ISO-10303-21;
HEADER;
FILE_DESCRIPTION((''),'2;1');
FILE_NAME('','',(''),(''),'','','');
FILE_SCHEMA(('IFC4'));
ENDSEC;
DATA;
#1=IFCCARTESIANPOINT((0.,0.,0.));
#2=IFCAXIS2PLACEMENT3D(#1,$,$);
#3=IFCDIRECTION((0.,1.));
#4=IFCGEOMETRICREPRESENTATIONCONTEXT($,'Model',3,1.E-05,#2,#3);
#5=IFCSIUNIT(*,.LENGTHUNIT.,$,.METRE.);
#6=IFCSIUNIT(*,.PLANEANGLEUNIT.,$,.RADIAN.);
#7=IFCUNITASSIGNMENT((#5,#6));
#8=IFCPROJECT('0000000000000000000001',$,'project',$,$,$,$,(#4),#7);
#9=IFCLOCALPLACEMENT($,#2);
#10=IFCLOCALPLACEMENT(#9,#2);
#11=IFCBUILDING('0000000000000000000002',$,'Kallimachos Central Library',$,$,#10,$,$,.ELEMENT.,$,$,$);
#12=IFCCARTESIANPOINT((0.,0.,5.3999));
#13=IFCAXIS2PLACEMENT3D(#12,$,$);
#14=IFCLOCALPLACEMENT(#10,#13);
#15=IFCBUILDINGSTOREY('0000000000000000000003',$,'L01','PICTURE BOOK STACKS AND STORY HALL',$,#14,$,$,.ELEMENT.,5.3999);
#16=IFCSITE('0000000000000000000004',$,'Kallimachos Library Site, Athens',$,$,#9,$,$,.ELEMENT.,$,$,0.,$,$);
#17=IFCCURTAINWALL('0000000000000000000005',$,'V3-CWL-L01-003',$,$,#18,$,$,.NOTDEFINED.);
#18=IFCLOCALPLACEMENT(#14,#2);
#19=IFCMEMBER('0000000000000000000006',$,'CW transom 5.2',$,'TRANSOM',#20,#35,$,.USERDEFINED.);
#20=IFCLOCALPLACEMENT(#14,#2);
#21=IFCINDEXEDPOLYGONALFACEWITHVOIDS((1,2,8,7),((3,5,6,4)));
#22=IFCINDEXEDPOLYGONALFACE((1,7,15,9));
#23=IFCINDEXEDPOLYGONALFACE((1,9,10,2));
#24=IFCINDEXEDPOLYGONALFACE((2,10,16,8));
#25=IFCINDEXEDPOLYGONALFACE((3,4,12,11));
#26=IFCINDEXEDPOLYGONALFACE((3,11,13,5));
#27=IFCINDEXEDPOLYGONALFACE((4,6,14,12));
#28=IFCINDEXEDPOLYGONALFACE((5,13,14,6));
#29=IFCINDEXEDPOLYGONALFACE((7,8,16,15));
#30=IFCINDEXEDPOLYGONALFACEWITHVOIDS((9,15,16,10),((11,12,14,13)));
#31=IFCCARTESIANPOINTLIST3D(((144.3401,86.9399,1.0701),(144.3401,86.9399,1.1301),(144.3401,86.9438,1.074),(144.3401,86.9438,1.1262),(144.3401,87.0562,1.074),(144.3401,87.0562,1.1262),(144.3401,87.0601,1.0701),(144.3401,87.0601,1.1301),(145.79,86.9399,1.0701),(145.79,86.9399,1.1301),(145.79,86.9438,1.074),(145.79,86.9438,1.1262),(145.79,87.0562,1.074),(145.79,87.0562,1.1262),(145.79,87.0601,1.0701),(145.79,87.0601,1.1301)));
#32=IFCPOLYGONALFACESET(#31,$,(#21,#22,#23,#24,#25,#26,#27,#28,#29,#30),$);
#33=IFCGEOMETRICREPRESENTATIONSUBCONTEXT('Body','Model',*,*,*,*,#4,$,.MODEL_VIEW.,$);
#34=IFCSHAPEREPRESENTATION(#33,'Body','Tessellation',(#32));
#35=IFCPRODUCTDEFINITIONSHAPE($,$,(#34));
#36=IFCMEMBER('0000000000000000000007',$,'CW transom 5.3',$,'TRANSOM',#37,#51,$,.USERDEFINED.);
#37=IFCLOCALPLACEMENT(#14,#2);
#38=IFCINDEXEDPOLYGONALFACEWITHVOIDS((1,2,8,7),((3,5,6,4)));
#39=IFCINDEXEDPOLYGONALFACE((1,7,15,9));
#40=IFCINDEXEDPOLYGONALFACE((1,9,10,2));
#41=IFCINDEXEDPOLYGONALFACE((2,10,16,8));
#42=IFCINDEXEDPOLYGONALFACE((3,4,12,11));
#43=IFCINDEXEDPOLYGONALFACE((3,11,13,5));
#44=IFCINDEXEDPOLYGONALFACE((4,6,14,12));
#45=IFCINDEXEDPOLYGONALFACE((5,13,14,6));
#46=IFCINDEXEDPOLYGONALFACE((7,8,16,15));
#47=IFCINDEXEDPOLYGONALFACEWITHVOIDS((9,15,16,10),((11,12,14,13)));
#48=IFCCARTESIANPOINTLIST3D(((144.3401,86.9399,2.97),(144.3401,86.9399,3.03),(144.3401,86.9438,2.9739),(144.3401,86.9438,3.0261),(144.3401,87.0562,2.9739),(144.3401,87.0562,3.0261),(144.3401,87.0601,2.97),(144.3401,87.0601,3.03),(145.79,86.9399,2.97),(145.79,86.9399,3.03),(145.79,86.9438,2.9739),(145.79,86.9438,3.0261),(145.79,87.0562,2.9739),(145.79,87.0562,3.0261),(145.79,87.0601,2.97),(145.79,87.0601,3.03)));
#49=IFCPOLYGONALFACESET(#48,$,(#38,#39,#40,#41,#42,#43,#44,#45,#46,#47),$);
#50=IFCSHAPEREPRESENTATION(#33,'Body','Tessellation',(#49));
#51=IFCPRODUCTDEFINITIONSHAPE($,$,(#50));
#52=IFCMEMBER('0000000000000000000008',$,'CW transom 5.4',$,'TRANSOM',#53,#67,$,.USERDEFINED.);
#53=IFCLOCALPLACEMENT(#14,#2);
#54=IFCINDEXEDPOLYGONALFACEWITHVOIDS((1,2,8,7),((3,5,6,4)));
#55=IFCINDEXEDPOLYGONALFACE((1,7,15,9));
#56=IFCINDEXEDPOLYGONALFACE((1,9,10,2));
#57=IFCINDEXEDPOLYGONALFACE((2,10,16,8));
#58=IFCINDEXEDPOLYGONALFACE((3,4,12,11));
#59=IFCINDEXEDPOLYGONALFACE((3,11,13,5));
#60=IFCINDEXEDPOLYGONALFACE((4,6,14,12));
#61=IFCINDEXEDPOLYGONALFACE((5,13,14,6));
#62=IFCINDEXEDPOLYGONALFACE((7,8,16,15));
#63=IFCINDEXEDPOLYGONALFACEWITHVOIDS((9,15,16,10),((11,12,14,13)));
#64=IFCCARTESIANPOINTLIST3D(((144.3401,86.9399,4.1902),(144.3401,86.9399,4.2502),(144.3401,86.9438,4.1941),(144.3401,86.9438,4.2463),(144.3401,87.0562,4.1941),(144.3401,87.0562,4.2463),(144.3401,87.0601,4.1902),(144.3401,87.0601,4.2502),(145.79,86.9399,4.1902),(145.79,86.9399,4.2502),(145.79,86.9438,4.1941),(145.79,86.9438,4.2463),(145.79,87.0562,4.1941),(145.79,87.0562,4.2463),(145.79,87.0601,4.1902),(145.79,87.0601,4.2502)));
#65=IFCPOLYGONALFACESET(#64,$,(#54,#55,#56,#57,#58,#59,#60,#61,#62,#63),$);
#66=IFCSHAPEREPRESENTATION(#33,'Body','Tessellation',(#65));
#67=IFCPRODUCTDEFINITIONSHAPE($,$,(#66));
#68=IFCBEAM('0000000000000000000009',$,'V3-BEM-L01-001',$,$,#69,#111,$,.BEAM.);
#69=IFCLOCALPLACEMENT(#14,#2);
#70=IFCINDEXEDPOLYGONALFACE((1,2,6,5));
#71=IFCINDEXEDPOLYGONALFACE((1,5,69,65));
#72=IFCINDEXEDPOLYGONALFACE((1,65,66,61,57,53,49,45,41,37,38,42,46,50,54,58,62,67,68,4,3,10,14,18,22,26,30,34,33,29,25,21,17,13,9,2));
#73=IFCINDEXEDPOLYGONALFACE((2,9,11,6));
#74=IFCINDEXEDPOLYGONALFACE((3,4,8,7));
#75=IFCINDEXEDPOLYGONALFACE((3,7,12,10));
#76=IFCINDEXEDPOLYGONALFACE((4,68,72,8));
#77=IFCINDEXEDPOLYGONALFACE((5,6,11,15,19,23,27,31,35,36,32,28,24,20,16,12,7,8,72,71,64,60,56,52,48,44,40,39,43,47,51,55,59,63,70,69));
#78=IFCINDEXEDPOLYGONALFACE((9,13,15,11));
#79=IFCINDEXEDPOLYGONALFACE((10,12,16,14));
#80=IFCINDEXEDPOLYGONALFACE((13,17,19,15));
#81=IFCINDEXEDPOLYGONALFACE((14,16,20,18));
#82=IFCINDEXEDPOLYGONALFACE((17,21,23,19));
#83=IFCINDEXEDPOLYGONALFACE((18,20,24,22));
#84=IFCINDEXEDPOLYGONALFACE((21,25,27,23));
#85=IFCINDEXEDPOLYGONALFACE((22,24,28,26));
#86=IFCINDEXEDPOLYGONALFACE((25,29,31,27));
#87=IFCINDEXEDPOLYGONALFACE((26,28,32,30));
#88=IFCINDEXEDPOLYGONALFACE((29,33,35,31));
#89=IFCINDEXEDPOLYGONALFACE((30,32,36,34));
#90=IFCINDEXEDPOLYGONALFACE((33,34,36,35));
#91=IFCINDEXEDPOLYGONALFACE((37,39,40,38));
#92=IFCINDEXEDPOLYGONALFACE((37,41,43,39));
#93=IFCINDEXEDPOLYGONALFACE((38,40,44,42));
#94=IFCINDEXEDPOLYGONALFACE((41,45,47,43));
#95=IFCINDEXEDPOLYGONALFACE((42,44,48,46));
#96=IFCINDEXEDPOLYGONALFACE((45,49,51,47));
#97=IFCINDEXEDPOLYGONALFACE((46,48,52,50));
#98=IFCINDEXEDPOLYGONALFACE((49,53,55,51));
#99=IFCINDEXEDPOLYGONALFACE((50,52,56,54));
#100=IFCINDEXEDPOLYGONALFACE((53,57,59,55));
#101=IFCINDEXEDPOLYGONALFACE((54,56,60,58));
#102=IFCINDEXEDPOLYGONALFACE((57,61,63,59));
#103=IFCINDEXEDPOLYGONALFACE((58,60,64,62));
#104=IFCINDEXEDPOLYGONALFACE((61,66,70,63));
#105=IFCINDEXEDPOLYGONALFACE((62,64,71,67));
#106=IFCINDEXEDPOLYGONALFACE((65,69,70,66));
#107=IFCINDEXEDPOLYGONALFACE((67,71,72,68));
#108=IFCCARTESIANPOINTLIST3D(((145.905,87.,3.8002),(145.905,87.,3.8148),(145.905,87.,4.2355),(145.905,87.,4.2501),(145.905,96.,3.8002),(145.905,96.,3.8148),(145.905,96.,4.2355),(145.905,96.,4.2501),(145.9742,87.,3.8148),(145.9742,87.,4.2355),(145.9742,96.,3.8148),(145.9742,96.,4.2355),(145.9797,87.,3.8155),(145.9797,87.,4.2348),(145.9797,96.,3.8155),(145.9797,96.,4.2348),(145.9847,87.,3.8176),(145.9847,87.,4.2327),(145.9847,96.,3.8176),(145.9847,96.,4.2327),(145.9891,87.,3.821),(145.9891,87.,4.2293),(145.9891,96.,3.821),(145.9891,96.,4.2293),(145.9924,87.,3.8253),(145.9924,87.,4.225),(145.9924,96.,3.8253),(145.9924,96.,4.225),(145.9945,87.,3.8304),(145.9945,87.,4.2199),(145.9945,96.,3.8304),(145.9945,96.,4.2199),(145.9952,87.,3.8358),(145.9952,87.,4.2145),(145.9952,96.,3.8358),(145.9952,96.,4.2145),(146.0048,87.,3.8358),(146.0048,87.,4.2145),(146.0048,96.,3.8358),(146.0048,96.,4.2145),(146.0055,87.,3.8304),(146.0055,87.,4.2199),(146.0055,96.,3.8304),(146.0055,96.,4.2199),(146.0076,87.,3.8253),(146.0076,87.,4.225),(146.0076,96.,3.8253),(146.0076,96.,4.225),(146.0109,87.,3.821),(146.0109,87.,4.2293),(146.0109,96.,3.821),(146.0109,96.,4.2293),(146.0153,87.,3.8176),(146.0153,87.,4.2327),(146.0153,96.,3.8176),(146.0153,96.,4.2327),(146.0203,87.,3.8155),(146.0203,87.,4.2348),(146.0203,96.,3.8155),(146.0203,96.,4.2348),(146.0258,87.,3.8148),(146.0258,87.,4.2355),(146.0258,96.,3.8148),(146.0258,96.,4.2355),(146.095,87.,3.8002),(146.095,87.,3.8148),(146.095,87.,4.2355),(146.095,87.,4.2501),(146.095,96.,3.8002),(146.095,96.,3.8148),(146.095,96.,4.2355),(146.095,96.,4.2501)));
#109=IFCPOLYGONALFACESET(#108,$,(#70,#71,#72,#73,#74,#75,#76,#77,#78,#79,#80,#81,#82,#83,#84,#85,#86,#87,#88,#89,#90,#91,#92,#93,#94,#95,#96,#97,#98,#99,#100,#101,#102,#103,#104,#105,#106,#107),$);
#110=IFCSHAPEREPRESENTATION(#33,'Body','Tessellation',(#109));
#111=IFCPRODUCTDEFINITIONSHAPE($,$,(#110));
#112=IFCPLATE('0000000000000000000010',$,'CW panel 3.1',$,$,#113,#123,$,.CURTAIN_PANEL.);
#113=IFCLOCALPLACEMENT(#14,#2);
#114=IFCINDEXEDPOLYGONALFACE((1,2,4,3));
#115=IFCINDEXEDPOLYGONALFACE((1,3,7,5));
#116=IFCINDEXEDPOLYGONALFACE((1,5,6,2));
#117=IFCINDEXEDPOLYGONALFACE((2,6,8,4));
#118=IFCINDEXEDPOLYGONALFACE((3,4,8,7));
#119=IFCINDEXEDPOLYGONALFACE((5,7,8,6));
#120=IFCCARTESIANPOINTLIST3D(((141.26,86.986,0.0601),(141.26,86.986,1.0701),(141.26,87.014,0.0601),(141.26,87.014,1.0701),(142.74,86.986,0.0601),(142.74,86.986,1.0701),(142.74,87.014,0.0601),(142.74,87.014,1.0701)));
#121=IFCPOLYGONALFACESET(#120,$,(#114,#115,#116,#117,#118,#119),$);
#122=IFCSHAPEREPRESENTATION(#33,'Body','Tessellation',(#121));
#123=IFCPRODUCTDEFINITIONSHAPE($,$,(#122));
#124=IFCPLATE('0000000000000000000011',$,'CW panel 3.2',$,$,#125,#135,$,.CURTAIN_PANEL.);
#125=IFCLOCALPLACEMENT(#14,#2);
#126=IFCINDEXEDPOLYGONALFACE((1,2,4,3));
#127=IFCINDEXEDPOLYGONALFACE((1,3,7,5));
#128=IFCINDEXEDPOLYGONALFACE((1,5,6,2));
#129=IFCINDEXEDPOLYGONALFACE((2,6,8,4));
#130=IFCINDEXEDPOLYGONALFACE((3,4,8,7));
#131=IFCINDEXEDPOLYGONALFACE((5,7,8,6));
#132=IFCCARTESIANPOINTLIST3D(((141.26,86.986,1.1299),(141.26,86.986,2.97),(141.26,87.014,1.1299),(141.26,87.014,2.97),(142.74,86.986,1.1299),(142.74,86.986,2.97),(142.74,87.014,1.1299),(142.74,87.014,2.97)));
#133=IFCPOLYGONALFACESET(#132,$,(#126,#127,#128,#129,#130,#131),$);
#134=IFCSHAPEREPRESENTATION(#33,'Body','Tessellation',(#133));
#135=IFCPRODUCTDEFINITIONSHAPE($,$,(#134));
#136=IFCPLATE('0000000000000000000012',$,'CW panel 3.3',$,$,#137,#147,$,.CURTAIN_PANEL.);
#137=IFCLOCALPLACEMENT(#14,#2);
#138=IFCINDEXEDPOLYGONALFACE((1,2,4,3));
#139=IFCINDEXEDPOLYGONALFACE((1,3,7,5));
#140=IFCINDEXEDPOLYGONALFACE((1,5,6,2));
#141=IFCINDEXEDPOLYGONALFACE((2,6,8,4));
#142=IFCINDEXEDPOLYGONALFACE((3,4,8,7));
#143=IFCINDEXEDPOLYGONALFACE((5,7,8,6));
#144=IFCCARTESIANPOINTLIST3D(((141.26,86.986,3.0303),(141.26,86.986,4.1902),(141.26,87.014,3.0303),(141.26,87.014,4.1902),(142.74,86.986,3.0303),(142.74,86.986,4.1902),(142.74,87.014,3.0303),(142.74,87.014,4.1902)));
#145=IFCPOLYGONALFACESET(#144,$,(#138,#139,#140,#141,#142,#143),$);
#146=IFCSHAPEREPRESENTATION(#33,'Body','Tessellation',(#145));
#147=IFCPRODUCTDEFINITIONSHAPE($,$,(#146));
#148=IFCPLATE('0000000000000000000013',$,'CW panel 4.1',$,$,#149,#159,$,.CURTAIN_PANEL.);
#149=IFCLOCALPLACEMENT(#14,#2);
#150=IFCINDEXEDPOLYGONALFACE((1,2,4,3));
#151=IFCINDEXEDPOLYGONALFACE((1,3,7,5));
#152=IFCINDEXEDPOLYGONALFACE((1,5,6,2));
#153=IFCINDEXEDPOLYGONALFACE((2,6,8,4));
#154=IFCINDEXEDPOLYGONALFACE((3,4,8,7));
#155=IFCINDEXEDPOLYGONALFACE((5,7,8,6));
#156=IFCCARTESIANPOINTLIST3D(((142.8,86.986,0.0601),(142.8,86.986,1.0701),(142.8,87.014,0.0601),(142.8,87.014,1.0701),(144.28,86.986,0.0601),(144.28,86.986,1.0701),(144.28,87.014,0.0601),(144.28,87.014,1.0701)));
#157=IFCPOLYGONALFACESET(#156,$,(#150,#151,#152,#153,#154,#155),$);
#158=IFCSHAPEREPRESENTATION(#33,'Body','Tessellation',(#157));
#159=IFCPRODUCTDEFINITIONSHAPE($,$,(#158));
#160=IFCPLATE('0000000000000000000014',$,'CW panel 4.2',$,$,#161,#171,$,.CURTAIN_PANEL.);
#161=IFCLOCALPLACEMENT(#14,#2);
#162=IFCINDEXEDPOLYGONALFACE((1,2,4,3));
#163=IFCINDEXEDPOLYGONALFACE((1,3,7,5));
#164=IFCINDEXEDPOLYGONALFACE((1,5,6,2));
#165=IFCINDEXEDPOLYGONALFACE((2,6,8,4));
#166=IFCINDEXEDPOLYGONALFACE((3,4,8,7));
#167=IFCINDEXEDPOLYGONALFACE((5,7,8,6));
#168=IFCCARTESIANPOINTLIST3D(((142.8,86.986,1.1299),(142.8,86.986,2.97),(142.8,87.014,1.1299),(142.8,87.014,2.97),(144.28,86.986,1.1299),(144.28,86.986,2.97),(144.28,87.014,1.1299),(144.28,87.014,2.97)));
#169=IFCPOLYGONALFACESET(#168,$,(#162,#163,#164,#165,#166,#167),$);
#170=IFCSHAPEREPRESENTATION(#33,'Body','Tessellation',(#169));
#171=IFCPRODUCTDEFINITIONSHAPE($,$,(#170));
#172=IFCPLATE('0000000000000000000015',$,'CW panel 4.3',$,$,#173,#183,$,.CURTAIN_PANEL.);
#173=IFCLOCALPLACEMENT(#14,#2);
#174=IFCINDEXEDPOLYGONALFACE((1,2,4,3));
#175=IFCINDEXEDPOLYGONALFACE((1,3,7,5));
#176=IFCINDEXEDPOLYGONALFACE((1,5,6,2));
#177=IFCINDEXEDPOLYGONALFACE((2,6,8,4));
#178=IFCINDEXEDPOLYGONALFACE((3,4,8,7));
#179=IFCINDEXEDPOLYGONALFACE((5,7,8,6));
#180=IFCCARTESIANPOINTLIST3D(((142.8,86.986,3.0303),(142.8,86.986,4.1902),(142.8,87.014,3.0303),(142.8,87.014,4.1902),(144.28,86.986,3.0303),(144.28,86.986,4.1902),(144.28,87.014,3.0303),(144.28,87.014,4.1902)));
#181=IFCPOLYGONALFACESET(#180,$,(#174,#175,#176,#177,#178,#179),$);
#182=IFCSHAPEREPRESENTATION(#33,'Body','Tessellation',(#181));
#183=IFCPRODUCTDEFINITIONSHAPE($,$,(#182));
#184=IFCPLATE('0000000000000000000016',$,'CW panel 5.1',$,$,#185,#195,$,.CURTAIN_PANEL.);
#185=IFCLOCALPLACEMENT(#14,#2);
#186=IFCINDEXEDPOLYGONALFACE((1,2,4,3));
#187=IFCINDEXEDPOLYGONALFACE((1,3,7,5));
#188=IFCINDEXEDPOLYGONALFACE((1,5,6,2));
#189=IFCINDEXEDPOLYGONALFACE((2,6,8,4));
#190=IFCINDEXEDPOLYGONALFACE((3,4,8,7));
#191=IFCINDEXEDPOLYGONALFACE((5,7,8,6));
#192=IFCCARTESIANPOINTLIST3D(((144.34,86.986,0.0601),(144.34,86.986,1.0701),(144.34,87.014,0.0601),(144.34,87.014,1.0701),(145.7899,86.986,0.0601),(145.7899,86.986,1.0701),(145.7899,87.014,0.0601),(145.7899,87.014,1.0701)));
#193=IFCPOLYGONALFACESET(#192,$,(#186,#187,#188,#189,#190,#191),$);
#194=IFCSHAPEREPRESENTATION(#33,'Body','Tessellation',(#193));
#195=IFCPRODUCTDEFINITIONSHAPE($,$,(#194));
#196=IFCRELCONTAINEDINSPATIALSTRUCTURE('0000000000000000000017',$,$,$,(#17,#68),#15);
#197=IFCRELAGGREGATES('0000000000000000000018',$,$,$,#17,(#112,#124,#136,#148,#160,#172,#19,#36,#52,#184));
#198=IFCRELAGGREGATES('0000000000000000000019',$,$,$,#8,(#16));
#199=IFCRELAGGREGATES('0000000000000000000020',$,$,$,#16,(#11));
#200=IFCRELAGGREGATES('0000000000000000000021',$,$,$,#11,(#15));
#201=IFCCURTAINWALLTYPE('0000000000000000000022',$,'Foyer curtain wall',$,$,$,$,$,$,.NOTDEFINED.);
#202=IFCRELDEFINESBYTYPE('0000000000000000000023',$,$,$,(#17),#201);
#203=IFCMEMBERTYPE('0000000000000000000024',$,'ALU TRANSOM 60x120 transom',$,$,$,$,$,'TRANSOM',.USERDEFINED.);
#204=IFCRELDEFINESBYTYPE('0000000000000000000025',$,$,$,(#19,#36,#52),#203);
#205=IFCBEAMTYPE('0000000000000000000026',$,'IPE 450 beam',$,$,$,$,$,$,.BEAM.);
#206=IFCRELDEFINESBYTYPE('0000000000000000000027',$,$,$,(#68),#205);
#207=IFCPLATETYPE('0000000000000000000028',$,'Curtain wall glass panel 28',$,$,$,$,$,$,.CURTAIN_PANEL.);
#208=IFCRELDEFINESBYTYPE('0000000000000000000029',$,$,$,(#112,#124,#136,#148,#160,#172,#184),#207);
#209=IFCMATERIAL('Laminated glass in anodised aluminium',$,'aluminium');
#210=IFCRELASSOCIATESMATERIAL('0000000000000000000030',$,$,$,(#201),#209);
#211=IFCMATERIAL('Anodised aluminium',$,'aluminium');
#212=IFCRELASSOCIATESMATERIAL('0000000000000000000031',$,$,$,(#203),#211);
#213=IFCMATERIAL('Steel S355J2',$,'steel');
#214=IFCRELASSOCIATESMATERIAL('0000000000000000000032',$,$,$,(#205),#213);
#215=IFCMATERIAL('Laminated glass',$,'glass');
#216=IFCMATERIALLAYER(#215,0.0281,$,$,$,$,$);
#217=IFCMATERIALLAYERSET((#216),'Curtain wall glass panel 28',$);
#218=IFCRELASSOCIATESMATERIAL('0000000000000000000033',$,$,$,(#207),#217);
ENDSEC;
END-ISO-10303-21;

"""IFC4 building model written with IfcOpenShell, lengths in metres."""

from ifc_helpers import new_model, si_unit, direction, frame, origin, origin_2d, place, context, subcontext, project, spatial, rectangle, hollow_rectangle, i_section, extrude, material, layer, layer_set, material_profile, profile_set, type_object, element, aggregate, save


model = new_model("IFC4")

# Units and contexts
model_context = context("Model", 3, precision=1e-05, world=origin(), true_north=direction((0.0, 1.0)))
body_context = subcontext(model_context, "Body", "Model", "MODEL_VIEW")
ifc_project = project(units=[si_unit("LENGTHUNIT", "METRE"), si_unit("PLANEANGLEUNIT", "RADIAN")], contexts=[model_context])

# Site, building, storey
site_placement = place(None, origin())
site = spatial("IfcSite", under=ifc_project, at=site_placement, Name="Kallimachos Library Site, Athens", CompositionType="ELEMENT", RefElevation=0.0)
building_placement = place(site_placement, origin())
building = spatial("IfcBuilding", under=site, at=building_placement, Name="Kallimachos Central Library", CompositionType="ELEMENT")
storey_placement = place(building_placement, frame((0.0, 0.0, 5.3999)))
storey = spatial("IfcBuildingStorey", under=building, at=storey_placement, Name="L01", Description="PICTURE BOOK STACKS AND STORY HALL", CompositionType="ELEMENT", Elevation=5.3999)

# Curtain wall, members
ifc_material_1 = material(Name="Laminated glass in anodised aluminium", Category="aluminium")
curtain_wall_type = type_object("IfcCurtainWallType", Name="Foyer curtain wall", PredefinedType="NOTDEFINED", material=ifc_material_1)
curtain_wall_placement = place(storey_placement, origin())
curtain_wall = element("IfcCurtainWall", 1, at=curtain_wall_placement, inside=storey, type_object=curtain_wall_type, Name="V3-CWL-L01-003", PredefinedType="NOTDEFINED")
ifc_material_2 = material(Name="Anodised aluminium", Category="aluminium")
ifc_material_profile_1 = material_profile(ifc_material_2, hollow_rectangle(XDim=0.0601, YDim=0.1201, WallThickness=0.0039, at=origin_2d()), Name="ALU TRANSOM 60x120")
ifc_profile_set_1 = profile_set([ifc_material_profile_1], Name="Anodised aluminium")
member_type_1 = type_object("IfcMemberType", Name="ALU TRANSOM 60x120 transom", ElementType="TRANSOM", PredefinedType="USERDEFINED", material=ifc_profile_set_1)
member_1_placement = place(storey_placement, frame((144.3401, 87.0, 1.1001), z_axis=(1.0, 0.0, 0.0), x_axis=(0.0, 0.0, 1.0)))
member_1 = element("IfcMember", 2, at=member_1_placement, type_object=member_type_1, Name="CW transom 5.2", ObjectType="TRANSOM", PredefinedType="USERDEFINED", context=body_context, shape_type="SweptSolid", body=[
    extrude(hollow_rectangle(XDim=0.0601, YDim=0.1201, WallThickness=0.0039, at=origin_2d()), origin(), (0.0, 0.0, 1.0), 1.45),
])
member_2_placement = place(storey_placement, frame((144.3401, 87.0, 3.0), z_axis=(1.0, 0.0, 0.0), x_axis=(0.0, 0.0, 1.0)))
member_2 = element("IfcMember", 3, at=member_2_placement, type_object=member_type_1, Name="CW transom 5.3", ObjectType="TRANSOM", PredefinedType="USERDEFINED", context=body_context, shape_type="SweptSolid", body=[
    extrude(hollow_rectangle(XDim=0.0601, YDim=0.1201, WallThickness=0.0039, at=origin_2d()), origin(), (0.0, 0.0, 1.0), 1.45),
])
member_3_placement = place(storey_placement, frame((144.3401, 87.0, 4.2202), z_axis=(1.0, 0.0, 0.0), x_axis=(0.0, 0.0, 1.0)))
member_3 = element("IfcMember", 4, at=member_3_placement, type_object=member_type_1, Name="CW transom 5.4", ObjectType="TRANSOM", PredefinedType="USERDEFINED", context=body_context, shape_type="SweptSolid", body=[
    extrude(hollow_rectangle(XDim=0.0601, YDim=0.1201, WallThickness=0.0039, at=origin_2d()), origin(), (0.0, 0.0, 1.0), 1.45),
])

# Beam
ifc_material_3 = material(Name="Steel S355J2", Category="steel")
ifc_material_profile_2 = material_profile(ifc_material_3, i_section(OverallWidth=0.1899, OverallDepth=0.45, WebThickness=0.0095, FlangeThickness=0.0146, FilletRadius=0.021, at=origin_2d()), Name="IPE 450")
ifc_profile_set_2 = profile_set([ifc_material_profile_2], Name="Steel S355J2")
beam_type = type_object("IfcBeamType", Name="IPE 450 beam", PredefinedType="BEAM", material=ifc_profile_set_2)
beam_placement = place(storey_placement, frame((146.0, 87.0, 4.0251), z_axis=(0.0, 1.0, 0.0), x_axis=(-1.0, 0.0, 0.0)))
element("IfcBeam", 5, at=beam_placement, inside=storey, type_object=beam_type, Name="V3-BEM-L01-001", PredefinedType="BEAM", context=body_context, shape_type="SweptSolid", body=[
    extrude(i_section(OverallWidth=0.1899, OverallDepth=0.45, WebThickness=0.0095, FlangeThickness=0.0146, FilletRadius=0.021, at=origin_2d()), origin(), (0.0, 0.0, 1.0), 9.0),
])

# Plates
ifc_material_4 = material(Name="Laminated glass", Category="glass")
ifc_layer = layer(ifc_material_4, 0.0281)
ifc_layer_set = layer_set([ifc_layer], Name="Curtain wall glass panel 28")
plate_type = type_object("IfcPlateType", Name="Curtain wall glass panel 28", PredefinedType="CURTAIN_PANEL", material=ifc_layer_set)
plate_1_placement = place(storey_placement, frame((142.0, 87.0, 0.0601), z_axis=(0.0, 0.0, 1.0), x_axis=(1.0, 0.0, 0.0)))
plate_1 = element("IfcPlate", 6, at=plate_1_placement, type_object=plate_type, Name="CW panel 3.1", PredefinedType="CURTAIN_PANEL", context=body_context, shape_type="SweptSolid", body=[
    extrude(rectangle(XDim=1.48, YDim=0.0281, at=origin_2d()), origin(), (0.0, 0.0, 1.0), 1.01),
])
plate_2_placement = place(storey_placement, frame((142.0, 87.0, 1.1299), z_axis=(0.0, 0.0, 1.0), x_axis=(1.0, 0.0, 0.0)))
plate_2 = element("IfcPlate", 7, at=plate_2_placement, type_object=plate_type, Name="CW panel 3.2", PredefinedType="CURTAIN_PANEL", context=body_context, shape_type="SweptSolid", body=[
    extrude(rectangle(XDim=1.48, YDim=0.0281, at=origin_2d()), origin(), (0.0, 0.0, 1.0), 1.8401),
])
plate_3_placement = place(storey_placement, frame((142.0, 87.0, 3.0303), z_axis=(0.0, 0.0, 1.0), x_axis=(1.0, 0.0, 0.0)))
plate_3 = element("IfcPlate", 8, at=plate_3_placement, type_object=plate_type, Name="CW panel 3.3", PredefinedType="CURTAIN_PANEL", context=body_context, shape_type="SweptSolid", body=[
    extrude(rectangle(XDim=1.48, YDim=0.0281, at=origin_2d()), origin(), (0.0, 0.0, 1.0), 1.1599),
])
plate_4_placement = place(storey_placement, frame((143.54, 87.0, 0.0601), z_axis=(0.0, 0.0, 1.0), x_axis=(1.0, 0.0, 0.0)))
plate_4 = element("IfcPlate", 9, at=plate_4_placement, type_object=plate_type, Name="CW panel 4.1", PredefinedType="CURTAIN_PANEL", context=body_context, shape_type="SweptSolid", body=[
    extrude(rectangle(XDim=1.48, YDim=0.0281, at=origin_2d()), origin(), (0.0, 0.0, 1.0), 1.01),
])
plate_5_placement = place(storey_placement, frame((143.54, 87.0, 1.1299), z_axis=(0.0, 0.0, 1.0), x_axis=(1.0, 0.0, 0.0)))
plate_5 = element("IfcPlate", 10, at=plate_5_placement, type_object=plate_type, Name="CW panel 4.2", PredefinedType="CURTAIN_PANEL", context=body_context, shape_type="SweptSolid", body=[
    extrude(rectangle(XDim=1.48, YDim=0.0281, at=origin_2d()), origin(), (0.0, 0.0, 1.0), 1.8401),
])
plate_6_placement = place(storey_placement, frame((143.54, 87.0, 3.0303), z_axis=(0.0, 0.0, 1.0), x_axis=(1.0, 0.0, 0.0)))
plate_6 = element("IfcPlate", 11, at=plate_6_placement, type_object=plate_type, Name="CW panel 4.3", PredefinedType="CURTAIN_PANEL", context=body_context, shape_type="SweptSolid", body=[
    extrude(rectangle(XDim=1.48, YDim=0.0281, at=origin_2d()), origin(), (0.0, 0.0, 1.0), 1.1599),
])
plate_7_placement = place(storey_placement, frame((145.0649, 87.0, 0.0601), z_axis=(0.0, 0.0, 1.0), x_axis=(1.0, 0.0, 0.0)))
plate_7 = element("IfcPlate", 12, at=plate_7_placement, type_object=plate_type, Name="CW panel 5.1", PredefinedType="CURTAIN_PANEL", context=body_context, shape_type="SweptSolid", body=[
    extrude(rectangle(XDim=1.45, YDim=0.0281, at=origin_2d()), origin(), (0.0, 0.0, 1.0), 1.01),
])
aggregate(curtain_wall, [plate_1, plate_2, plate_3, plate_4, plate_5, plate_6, member_1, member_2, member_3, plate_7])

save(model, "model.ifc")
